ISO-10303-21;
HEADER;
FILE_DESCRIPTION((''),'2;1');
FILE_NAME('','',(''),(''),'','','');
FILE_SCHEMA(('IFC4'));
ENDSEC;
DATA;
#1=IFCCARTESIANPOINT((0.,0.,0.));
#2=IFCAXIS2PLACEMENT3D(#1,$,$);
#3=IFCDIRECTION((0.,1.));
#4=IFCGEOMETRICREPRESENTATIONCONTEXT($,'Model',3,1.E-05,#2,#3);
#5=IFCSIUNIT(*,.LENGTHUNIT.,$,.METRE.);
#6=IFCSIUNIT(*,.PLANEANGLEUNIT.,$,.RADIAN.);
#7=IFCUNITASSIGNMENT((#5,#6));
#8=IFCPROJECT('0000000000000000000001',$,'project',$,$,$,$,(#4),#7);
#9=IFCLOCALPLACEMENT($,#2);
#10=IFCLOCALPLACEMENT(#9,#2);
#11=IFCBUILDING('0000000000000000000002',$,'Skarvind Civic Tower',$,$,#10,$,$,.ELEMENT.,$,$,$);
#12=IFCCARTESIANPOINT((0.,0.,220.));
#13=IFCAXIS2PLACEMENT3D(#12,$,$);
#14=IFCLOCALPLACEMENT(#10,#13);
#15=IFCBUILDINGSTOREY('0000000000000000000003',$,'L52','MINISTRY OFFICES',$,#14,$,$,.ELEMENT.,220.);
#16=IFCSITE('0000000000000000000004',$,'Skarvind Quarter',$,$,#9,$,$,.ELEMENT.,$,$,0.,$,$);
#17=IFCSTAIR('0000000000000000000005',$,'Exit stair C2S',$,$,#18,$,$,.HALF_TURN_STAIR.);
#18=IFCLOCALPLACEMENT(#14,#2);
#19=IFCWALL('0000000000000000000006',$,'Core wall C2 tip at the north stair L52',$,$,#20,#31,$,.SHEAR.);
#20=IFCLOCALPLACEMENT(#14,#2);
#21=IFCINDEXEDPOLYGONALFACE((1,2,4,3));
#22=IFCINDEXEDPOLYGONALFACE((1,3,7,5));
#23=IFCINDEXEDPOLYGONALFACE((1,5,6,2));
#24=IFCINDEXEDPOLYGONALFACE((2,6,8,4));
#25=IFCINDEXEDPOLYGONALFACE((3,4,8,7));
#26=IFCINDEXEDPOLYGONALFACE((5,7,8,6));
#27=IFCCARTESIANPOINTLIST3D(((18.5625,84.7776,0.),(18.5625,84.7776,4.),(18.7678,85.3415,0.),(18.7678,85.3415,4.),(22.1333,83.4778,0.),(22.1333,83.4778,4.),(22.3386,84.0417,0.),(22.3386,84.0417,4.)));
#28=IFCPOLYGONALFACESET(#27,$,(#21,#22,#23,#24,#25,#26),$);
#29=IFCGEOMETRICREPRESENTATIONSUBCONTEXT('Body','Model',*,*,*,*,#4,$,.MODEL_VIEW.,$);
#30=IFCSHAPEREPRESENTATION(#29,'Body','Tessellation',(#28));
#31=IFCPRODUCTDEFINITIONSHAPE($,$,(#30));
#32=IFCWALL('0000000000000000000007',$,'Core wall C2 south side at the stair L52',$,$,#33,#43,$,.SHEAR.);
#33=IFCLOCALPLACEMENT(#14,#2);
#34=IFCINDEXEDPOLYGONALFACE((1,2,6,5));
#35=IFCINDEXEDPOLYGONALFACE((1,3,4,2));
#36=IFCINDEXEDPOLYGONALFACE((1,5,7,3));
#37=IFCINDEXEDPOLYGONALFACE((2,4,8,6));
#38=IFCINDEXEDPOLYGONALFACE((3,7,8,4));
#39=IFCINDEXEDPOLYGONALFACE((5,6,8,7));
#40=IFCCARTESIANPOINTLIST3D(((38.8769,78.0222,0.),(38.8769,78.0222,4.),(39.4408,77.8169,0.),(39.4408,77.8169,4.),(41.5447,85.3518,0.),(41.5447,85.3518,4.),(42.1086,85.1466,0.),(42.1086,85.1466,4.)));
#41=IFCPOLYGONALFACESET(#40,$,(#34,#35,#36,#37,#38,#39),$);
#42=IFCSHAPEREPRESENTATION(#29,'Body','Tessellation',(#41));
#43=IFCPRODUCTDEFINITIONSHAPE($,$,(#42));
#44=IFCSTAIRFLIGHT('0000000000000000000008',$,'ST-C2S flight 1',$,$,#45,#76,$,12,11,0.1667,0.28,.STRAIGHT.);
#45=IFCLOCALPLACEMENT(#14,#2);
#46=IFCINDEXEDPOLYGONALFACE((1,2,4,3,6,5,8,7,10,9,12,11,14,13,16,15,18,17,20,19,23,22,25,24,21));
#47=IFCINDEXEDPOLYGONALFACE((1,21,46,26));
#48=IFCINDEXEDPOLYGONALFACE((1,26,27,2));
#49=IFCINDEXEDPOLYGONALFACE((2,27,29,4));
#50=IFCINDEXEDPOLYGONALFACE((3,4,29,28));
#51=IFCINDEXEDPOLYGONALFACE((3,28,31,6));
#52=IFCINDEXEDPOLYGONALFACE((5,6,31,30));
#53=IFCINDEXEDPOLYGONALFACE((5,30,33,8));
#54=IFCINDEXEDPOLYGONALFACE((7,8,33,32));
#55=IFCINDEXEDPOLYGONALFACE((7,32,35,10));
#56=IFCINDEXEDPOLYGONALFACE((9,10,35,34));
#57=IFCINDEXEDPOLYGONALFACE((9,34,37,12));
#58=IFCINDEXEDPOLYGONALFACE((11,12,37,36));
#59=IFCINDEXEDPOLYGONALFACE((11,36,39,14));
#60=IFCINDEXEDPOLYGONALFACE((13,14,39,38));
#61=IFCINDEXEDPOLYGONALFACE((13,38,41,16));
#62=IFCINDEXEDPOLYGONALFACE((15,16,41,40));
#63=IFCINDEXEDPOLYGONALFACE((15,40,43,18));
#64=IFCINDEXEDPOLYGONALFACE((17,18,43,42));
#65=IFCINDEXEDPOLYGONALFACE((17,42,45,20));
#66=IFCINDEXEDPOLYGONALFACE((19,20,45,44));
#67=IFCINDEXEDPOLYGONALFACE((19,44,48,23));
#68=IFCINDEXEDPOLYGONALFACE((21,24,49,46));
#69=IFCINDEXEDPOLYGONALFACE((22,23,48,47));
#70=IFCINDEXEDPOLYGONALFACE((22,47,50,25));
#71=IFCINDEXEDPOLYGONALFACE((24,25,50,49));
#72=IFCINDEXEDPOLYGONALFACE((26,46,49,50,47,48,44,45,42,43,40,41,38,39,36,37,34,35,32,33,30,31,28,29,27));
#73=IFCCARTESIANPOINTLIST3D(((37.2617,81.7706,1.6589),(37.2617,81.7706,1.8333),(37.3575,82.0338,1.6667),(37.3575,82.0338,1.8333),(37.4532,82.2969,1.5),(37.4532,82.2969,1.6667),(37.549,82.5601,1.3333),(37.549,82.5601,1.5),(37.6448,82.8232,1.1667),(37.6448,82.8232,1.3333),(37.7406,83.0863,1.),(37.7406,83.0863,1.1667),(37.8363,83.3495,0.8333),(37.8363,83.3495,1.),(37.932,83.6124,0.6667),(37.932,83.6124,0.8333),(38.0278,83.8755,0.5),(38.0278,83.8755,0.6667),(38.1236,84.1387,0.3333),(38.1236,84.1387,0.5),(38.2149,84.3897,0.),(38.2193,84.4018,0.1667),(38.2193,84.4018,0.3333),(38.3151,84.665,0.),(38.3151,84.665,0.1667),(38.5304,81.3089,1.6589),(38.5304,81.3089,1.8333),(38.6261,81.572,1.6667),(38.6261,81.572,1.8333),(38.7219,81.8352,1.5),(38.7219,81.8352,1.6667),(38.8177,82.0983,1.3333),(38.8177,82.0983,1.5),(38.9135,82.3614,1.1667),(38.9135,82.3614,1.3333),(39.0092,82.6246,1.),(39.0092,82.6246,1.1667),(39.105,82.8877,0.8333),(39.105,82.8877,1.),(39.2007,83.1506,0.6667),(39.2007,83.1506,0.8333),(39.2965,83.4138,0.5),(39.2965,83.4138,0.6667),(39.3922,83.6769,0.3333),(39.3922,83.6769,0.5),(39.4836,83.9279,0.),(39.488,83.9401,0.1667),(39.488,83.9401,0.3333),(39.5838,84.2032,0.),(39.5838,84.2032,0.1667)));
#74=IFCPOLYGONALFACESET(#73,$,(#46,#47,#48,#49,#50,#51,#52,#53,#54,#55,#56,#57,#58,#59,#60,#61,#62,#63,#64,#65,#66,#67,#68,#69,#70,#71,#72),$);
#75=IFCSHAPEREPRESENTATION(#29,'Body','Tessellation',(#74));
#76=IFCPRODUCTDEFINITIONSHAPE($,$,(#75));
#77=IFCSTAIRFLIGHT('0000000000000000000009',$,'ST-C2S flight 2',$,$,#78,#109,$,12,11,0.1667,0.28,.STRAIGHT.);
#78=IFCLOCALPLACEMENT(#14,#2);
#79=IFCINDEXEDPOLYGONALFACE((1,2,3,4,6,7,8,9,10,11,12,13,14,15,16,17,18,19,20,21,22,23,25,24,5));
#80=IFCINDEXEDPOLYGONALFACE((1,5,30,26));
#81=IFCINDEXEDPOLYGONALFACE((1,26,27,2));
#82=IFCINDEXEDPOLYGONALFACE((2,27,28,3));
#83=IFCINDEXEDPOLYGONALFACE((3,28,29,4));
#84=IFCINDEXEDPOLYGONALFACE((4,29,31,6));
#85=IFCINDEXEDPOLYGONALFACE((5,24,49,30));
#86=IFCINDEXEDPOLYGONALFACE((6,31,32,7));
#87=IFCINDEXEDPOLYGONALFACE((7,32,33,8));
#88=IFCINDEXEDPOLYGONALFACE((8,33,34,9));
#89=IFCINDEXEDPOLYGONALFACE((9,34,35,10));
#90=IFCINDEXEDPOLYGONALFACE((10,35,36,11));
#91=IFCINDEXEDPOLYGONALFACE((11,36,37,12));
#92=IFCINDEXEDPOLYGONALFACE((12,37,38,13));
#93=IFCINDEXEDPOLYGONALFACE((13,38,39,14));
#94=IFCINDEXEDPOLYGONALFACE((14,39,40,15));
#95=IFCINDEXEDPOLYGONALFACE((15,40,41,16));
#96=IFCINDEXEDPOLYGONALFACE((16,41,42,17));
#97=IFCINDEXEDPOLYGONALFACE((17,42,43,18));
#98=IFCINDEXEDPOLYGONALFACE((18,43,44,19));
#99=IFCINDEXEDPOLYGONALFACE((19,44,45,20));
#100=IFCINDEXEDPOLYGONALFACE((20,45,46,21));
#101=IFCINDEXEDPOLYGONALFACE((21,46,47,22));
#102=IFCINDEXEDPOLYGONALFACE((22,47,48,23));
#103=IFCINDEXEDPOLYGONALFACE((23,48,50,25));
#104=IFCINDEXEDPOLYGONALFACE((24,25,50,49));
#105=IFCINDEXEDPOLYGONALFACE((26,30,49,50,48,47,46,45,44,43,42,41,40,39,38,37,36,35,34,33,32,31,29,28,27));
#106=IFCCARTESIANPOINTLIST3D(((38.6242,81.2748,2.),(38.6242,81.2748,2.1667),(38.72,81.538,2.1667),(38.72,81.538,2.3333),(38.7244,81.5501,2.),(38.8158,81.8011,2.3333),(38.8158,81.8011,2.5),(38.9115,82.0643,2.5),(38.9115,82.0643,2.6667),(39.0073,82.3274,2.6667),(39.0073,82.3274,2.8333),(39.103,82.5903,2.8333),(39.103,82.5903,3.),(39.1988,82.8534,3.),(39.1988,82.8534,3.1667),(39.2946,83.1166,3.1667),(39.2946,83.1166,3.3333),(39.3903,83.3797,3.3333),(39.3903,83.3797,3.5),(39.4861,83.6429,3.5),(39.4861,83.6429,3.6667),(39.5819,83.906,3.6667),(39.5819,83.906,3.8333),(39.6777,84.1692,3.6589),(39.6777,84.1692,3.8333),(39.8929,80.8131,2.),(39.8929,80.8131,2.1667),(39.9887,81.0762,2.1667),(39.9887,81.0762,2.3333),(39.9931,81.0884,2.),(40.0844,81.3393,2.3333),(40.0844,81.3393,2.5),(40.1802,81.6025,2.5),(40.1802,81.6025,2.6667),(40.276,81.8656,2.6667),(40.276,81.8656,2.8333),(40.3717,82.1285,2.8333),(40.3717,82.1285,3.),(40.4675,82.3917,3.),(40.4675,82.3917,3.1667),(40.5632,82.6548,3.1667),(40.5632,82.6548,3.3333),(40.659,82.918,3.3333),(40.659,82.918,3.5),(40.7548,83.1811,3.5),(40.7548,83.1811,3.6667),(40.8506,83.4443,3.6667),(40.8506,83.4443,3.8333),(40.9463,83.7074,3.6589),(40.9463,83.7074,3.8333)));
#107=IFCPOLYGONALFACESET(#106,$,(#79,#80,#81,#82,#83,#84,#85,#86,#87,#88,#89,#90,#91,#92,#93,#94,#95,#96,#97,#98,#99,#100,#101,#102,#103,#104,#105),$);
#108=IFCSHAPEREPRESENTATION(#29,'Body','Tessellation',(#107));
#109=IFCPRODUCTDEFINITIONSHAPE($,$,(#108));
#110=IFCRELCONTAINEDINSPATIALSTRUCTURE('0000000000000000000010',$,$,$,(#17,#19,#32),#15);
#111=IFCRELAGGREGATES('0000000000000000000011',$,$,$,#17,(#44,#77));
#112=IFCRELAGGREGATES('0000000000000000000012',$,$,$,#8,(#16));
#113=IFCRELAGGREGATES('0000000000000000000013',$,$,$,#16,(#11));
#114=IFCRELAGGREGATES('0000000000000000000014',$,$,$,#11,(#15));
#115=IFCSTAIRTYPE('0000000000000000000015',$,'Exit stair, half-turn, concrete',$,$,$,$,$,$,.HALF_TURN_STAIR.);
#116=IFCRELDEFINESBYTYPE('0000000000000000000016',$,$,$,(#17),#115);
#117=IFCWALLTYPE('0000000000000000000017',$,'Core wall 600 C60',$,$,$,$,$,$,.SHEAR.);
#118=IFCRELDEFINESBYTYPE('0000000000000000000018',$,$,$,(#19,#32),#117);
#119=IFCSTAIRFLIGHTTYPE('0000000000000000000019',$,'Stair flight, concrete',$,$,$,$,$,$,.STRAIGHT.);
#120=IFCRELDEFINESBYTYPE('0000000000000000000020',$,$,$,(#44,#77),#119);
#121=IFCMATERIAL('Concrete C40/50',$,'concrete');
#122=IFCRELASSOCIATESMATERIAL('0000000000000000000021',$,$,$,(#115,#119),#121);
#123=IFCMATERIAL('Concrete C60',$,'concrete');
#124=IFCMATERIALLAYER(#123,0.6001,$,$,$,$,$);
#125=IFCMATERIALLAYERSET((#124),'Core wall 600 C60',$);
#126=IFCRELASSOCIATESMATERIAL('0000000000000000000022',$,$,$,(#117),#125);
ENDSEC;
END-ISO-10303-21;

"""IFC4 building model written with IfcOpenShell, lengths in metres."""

from ifc_helpers import new_model, si_unit, direction, frame, frame_2d, origin, place, context, subcontext, project, spatial, polyline, rectangle, outline, extrude, material, layer, layer_set, type_object, element, aggregate, save


model = new_model("IFC4")

# Units and contexts
model_context = context("Model", 3, precision=1e-05, world=origin(), true_north=direction((0.0, 1.0)))
body_context = subcontext(model_context, "Body", "Model", "MODEL_VIEW")
ifc_project = project(units=[si_unit("LENGTHUNIT", "METRE"), si_unit("PLANEANGLEUNIT", "RADIAN")], contexts=[model_context])

# Site, building, storey
site_placement = place(None, origin())
site = spatial("IfcSite", under=ifc_project, at=site_placement, Name="Skarvind Quarter", CompositionType="ELEMENT", RefElevation=0.0)
building_placement = place(site_placement, origin())
building = spatial("IfcBuilding", under=site, at=building_placement, Name="Skarvind Civic Tower", CompositionType="ELEMENT")
storey_placement = place(building_placement, frame((0.0, 0.0, 220.0)))
storey = spatial("IfcBuildingStorey", under=building, at=storey_placement, Name="L52", Description="MINISTRY OFFICES", CompositionType="ELEMENT", Elevation=220.0)

# Shared definitions
ifc_material_1 = material(Name="Concrete C40/50", Category="concrete")

# Stair
stair_type_1 = type_object("IfcStairType", Name="Exit stair, half-turn, concrete", PredefinedType="HALF_TURN_STAIR", material=ifc_material_1)
stair_1_placement = place(storey_placement, origin())
stair_1 = element("IfcStair", 1, at=stair_1_placement, inside=storey, type_object=stair_type_1, Name="Exit stair C2S", PredefinedType="HALF_TURN_STAIR")

# Shared definitions
ifc_material_2 = material(Name="Concrete C60", Category="concrete")

# Walls
ifc_layer_1 = layer(ifc_material_2, 0.6001)
ifc_layer_set_1 = layer_set([ifc_layer_1], Name="Core wall 600 C60")
wall_type_1 = type_object("IfcWallType", Name="Core wall 600 C60", PredefinedType="SHEAR", material=ifc_layer_set_1)
for number, where, z_axis, x_axis, name in (
    (2, (22.2358, 83.7598, 0.0), (0.0, 0.0, 1.0), (-0.939681, 0.342053, 0.0), "Core wall C2 tip at the north stair L52"),
):
    element("IfcWall", number, at=place(storey_placement, frame(where, z_axis=z_axis, x_axis=x_axis)), inside=storey, type_object=wall_type_1, Name=name, PredefinedType="SHEAR", context=body_context, shape_type="SweptSolid", body=[
        extrude(rectangle(XDim=3.8, YDim=0.6001, at=frame_2d((1.8999, 0.0))), origin(), (0.0, 0.0, 1.0), 4.0),
    ])
wall_1_placement = place(storey_placement, frame((39.1589, 77.9197, 0.0), z_axis=(0.0, 0.0, 1.0), x_axis=(0.342017, 0.939694, 0.0)))
element("IfcWall", 3, at=wall_1_placement, inside=storey, type_object=wall_type_1, Name="Core wall C2 south side at the stair L52", PredefinedType="SHEAR", context=body_context, shape_type="SweptSolid", body=[
    extrude(rectangle(XDim=7.8, YDim=0.6001, at=frame_2d((3.8999, 0.0))), origin(), (0.0, 0.0, 1.0), 4.0),
])

# Stair flights
stair_flight_type = type_object("IfcStairFlightType", Name="Stair flight, concrete", PredefinedType="STRAIGHT", material=ifc_material_1)
stair_flight_1_placement = place(storey_placement, frame((38.9495, 84.4341, 0.0), z_axis=(0.0, 0.0, 1.0), x_axis=(-0.34202, -0.939693, 0.0)))
stair_flight_1 = element("IfcStairFlight", 4, at=stair_flight_1_placement, type_object=stair_flight_type, Name="ST-C2S flight 1", NumberOfRisers=12, NumberOfTreads=11, PredefinedType="STRAIGHT", RiserHeight=0.1667, TreadLength=0.28, context=body_context, shape_type="SweptSolid", body=[
    extrude(outline(polyline([(0.0, 0.0), (0.0, 0.1667), (0.28, 0.1667), (0.28, 0.3333), (0.5601, 0.3333), (0.5601, 0.5), (0.8401, 0.5), (0.8401, 0.6667), (1.1201, 0.6667), (1.1201, 0.8333), (1.3999, 0.8333), (1.3999, 1.0), (1.6799, 1.0), (1.6799, 1.1667), (1.96, 1.1667), (1.96, 1.3333), (2.24, 1.3333), (2.24, 1.5), (2.52, 1.5), (2.52, 1.6667), (2.8, 1.6667), (2.8, 1.8333), (3.0801, 1.8333), (3.0801, 2.0), (3.0801, 1.6589), (0.293, 0.0), (0.0, 0.0)])), frame((0.0, 0.675, 0.0), z_axis=(0.0, -1.0, 0.0), x_axis=(1.0, 0.0, 0.0)), (0.0, 0.0, 1.0), 1.3501),
])
stair_flight_2_placement = place(storey_placement, frame((39.2585, 81.0439, 2.0), z_axis=(0.0, 0.0, 1.0), x_axis=(0.34202, 0.939693, 0.0)))
stair_flight_2 = element("IfcStairFlight", 5, at=stair_flight_2_placement, type_object=stair_flight_type, Name="ST-C2S flight 2", NumberOfRisers=12, NumberOfTreads=11, PredefinedType="STRAIGHT", RiserHeight=0.1667, TreadLength=0.28, context=body_context, shape_type="SweptSolid", body=[
    extrude(outline(polyline([(0.0, 0.0), (0.0, 0.1667), (0.28, 0.1667), (0.28, 0.3333), (0.5601, 0.3333), (0.5601, 0.5), (0.8401, 0.5), (0.8401, 0.6667), (1.1201, 0.6667), (1.1201, 0.8333), (1.3999, 0.8333), (1.3999, 1.0), (1.6799, 1.0), (1.6799, 1.1667), (1.96, 1.1667), (1.96, 1.3333), (2.24, 1.3333), (2.24, 1.5), (2.52, 1.5), (2.52, 1.6667), (2.8, 1.6667), (2.8, 1.8333), (3.0801, 1.8333), (3.0801, 2.0), (3.0801, 1.6589), (0.293, 0.0), (0.0, 0.0)])), frame((0.0, 0.675, 0.0), z_axis=(0.0, -1.0, 0.0), x_axis=(1.0, 0.0, 0.0)), (0.0, 0.0, 1.0), 1.3501),
])
aggregate(stair_1, [stair_flight_1, stair_flight_2])

save(model, "model.ifc")
